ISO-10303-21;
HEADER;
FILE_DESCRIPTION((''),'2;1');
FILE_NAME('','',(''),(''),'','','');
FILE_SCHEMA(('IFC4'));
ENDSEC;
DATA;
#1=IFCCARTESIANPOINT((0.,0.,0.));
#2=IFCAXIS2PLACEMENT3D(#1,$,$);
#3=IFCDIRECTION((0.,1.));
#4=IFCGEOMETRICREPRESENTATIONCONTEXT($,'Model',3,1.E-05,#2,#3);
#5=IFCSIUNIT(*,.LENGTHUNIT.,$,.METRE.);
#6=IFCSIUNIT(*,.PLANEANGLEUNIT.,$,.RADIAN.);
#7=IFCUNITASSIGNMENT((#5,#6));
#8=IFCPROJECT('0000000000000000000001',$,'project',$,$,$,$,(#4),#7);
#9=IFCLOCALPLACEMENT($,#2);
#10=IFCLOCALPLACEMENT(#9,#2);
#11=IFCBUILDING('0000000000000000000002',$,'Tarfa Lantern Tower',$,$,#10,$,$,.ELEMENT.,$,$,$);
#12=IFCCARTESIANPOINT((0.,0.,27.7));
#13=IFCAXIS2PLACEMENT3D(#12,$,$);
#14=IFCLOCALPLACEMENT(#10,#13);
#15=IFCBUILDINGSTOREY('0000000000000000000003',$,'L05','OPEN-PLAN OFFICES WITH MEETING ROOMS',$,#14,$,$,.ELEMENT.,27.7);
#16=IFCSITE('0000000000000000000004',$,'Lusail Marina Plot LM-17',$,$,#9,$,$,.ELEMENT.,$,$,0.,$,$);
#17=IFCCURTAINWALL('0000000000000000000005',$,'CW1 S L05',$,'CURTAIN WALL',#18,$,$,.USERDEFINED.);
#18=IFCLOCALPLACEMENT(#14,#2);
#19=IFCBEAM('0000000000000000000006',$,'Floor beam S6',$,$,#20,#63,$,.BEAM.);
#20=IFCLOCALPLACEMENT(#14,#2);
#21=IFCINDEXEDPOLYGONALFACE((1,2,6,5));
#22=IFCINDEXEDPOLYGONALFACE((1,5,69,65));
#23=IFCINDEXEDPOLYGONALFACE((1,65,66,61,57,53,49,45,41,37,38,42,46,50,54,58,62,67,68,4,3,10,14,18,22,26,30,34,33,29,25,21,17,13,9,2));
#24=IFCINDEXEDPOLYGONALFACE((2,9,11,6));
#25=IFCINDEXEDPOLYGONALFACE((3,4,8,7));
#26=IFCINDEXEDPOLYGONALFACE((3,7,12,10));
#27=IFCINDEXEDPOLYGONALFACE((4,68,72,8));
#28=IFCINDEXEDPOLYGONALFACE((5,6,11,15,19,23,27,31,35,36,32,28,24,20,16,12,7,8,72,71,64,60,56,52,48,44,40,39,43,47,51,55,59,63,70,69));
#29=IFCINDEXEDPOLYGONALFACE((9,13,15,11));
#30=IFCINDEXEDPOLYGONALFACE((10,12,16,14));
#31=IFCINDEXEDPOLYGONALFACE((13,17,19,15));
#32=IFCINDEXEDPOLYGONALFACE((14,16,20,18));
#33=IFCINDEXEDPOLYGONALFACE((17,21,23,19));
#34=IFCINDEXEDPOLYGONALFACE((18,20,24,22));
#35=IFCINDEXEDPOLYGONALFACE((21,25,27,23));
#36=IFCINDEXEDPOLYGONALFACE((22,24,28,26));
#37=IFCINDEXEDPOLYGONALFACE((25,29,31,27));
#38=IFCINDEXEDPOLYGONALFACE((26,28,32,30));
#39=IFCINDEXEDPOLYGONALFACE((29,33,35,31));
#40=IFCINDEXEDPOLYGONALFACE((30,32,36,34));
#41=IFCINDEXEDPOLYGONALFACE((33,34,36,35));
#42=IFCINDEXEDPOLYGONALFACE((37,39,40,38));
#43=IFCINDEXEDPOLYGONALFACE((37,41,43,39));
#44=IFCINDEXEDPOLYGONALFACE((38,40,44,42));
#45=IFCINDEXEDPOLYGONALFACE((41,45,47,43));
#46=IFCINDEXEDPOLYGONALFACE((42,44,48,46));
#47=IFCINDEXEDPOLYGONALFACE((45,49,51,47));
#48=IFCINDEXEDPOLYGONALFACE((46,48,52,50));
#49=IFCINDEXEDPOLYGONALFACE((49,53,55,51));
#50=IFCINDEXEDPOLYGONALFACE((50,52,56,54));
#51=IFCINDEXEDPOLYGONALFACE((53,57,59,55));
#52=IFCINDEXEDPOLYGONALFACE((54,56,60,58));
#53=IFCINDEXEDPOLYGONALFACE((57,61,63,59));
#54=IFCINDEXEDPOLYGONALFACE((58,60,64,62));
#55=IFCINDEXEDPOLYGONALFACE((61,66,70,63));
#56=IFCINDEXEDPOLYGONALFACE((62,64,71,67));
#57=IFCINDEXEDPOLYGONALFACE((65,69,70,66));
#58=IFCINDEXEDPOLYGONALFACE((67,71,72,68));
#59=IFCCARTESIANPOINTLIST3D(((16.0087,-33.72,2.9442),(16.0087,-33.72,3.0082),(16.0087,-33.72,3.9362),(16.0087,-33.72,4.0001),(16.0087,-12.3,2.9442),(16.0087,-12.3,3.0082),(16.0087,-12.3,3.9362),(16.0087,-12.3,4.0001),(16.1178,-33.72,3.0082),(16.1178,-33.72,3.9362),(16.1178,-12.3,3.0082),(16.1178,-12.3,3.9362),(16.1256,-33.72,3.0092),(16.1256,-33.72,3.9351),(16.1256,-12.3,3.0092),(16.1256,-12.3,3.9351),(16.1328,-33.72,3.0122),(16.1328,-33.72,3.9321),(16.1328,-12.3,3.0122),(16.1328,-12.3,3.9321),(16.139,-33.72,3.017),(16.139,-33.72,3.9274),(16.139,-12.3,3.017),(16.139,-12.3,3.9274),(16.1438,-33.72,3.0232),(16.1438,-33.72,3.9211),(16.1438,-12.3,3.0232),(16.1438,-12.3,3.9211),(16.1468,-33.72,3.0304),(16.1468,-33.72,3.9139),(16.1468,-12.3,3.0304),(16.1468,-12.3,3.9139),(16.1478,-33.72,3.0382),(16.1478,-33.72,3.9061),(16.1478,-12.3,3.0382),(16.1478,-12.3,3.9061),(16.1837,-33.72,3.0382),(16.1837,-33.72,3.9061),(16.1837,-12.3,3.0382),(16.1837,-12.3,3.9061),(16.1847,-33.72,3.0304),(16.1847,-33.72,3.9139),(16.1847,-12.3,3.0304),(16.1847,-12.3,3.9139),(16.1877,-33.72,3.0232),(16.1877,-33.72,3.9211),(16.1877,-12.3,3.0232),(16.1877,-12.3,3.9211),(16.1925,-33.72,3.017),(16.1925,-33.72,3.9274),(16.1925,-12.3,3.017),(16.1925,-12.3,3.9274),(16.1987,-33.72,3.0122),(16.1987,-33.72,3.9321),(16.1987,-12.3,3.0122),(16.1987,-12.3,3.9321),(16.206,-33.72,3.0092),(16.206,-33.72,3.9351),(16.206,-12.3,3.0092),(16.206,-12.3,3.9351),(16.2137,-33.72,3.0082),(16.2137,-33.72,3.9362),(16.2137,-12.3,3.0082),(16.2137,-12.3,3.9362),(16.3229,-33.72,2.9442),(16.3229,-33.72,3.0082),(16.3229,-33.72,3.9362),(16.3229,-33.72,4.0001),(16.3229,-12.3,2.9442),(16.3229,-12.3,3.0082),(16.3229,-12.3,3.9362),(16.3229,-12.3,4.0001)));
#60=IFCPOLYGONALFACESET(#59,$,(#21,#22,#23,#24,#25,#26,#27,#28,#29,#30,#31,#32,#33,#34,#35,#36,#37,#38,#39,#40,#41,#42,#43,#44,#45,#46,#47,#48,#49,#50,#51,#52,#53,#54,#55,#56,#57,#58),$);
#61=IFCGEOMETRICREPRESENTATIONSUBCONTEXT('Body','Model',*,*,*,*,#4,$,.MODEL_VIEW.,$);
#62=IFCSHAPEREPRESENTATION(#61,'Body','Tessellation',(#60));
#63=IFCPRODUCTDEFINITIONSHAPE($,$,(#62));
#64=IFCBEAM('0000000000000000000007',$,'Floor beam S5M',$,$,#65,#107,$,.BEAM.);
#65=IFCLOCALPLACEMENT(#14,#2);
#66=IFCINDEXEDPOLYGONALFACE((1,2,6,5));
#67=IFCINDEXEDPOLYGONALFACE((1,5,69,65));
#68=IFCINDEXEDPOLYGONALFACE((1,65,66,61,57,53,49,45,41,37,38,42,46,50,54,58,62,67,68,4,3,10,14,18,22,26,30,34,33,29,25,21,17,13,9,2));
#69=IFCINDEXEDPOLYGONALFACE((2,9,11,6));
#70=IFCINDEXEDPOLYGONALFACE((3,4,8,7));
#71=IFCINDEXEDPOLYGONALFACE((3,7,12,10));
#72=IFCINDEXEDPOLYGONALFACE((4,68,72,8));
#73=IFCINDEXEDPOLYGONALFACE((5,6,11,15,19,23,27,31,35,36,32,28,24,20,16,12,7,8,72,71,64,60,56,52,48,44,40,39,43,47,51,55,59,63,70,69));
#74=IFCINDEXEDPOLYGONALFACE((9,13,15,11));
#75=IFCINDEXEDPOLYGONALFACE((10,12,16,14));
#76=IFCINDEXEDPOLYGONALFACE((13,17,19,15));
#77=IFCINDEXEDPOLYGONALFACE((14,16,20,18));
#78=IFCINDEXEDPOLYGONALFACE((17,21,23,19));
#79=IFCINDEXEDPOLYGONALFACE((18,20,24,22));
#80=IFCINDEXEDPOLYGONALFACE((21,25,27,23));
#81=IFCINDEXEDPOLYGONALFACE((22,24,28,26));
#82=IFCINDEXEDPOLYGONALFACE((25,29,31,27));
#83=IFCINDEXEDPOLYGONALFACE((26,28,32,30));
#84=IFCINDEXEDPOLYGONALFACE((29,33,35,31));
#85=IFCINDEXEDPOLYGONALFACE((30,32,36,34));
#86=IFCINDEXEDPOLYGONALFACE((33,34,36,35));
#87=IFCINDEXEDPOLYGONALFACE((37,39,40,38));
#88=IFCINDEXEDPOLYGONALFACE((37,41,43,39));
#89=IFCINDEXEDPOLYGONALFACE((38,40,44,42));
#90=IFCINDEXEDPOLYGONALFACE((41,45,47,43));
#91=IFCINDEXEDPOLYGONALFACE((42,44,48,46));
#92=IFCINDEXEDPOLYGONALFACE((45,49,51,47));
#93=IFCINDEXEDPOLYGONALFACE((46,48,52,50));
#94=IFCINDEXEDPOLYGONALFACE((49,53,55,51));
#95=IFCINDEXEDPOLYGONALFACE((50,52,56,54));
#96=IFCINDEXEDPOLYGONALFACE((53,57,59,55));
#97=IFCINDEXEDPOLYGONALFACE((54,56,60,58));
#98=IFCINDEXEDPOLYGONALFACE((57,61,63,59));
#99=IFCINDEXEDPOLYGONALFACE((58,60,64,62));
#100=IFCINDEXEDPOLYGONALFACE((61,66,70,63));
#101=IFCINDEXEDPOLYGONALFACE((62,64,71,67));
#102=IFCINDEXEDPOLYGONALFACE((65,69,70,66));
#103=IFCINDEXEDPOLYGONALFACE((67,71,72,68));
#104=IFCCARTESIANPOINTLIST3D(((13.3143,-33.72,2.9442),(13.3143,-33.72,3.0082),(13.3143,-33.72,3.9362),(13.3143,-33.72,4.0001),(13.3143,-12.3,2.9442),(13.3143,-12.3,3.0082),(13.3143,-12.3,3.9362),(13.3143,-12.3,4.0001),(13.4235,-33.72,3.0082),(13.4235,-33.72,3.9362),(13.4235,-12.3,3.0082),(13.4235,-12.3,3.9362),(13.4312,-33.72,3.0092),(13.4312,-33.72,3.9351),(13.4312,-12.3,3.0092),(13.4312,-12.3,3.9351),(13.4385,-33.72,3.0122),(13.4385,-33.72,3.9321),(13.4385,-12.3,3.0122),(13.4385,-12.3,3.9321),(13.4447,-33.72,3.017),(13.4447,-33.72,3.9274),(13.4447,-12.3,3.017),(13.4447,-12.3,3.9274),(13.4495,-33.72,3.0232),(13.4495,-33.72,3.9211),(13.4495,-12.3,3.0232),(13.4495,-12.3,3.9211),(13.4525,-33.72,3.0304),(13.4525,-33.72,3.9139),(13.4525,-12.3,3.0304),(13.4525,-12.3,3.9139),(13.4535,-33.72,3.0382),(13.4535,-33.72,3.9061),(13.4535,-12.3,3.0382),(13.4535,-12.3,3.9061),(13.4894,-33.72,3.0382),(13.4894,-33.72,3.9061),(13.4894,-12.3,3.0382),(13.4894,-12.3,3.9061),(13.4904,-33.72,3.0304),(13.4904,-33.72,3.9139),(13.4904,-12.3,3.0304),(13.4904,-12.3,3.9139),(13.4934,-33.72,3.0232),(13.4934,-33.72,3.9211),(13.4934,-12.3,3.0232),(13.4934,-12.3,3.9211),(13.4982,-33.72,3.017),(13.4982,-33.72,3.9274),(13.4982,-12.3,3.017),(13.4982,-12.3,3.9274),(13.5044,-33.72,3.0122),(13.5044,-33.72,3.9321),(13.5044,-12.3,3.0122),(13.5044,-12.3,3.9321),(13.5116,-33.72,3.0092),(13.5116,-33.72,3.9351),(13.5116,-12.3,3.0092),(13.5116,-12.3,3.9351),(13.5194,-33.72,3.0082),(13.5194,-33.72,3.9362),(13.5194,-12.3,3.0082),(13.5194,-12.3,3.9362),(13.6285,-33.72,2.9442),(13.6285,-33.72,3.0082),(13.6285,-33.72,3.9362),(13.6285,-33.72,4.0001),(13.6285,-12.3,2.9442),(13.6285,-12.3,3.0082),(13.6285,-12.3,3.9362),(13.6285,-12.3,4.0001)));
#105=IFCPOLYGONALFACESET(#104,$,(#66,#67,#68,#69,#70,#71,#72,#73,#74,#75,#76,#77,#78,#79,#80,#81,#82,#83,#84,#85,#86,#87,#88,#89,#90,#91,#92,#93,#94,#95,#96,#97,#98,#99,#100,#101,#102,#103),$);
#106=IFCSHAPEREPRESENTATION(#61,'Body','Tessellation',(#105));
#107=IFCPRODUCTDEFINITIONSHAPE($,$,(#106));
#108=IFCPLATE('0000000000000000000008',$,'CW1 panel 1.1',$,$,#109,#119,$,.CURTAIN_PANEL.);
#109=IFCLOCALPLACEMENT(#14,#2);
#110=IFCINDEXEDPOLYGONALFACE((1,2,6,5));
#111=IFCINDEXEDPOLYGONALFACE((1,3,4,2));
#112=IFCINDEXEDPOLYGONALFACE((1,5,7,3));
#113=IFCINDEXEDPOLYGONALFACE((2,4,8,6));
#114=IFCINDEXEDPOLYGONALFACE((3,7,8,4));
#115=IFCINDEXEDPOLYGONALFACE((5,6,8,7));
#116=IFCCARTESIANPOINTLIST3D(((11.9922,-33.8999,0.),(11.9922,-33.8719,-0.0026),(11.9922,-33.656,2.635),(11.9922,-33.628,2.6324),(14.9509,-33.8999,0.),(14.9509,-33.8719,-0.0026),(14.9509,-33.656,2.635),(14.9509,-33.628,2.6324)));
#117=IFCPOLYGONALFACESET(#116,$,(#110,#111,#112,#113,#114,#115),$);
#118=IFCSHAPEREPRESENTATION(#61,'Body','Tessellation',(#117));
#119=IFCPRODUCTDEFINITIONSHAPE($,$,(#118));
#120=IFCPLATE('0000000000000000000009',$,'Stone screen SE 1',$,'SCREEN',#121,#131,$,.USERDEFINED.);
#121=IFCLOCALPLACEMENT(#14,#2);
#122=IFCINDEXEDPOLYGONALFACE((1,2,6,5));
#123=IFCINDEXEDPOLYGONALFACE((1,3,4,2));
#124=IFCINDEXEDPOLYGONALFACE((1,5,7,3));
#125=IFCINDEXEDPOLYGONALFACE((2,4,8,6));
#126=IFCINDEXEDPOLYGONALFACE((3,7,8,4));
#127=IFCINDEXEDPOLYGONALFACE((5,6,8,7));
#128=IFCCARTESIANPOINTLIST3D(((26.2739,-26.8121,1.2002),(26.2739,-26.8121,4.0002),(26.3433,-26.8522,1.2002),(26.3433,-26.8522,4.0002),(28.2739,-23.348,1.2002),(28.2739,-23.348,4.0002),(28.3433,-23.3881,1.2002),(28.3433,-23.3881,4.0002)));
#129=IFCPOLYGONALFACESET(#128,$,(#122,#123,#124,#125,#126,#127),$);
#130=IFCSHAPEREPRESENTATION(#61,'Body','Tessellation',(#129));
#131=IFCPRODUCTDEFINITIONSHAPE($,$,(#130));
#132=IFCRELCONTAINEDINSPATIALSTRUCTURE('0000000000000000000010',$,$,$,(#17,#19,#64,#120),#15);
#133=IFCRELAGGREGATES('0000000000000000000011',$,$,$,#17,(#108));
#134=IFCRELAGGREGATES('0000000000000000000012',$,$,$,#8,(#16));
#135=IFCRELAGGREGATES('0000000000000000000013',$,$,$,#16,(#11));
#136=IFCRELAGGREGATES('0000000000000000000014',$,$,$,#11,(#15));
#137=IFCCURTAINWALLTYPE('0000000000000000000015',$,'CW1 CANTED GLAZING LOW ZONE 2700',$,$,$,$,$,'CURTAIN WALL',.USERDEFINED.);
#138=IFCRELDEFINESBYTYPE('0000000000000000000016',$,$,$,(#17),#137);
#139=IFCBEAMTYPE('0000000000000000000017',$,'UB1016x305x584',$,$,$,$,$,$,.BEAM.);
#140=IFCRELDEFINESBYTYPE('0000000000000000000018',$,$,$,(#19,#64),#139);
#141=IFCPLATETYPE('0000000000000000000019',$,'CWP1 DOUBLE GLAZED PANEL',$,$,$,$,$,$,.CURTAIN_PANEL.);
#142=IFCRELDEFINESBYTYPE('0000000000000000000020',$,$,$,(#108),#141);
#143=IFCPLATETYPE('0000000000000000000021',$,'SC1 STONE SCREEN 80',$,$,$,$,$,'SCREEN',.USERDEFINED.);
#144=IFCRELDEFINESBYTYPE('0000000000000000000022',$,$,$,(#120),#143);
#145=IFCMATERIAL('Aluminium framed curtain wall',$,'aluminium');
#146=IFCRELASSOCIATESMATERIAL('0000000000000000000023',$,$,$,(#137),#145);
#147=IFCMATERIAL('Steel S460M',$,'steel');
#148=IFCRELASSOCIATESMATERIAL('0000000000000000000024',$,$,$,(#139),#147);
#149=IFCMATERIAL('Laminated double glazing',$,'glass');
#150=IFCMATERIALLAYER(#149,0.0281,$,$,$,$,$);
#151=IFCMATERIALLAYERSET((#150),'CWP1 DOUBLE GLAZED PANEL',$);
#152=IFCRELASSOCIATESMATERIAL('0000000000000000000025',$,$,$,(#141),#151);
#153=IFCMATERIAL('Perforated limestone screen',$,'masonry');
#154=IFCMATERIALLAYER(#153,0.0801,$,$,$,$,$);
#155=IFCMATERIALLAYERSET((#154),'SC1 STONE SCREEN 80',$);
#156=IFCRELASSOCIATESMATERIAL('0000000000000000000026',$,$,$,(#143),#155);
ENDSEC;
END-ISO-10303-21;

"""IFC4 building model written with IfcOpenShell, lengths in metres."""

from ifc_helpers import new_model, si_unit, direction, frame, origin, origin_2d, place, context, subcontext, project, spatial, polyline, rectangle, i_section, outline, extrude, material, layer, layer_set, material_profile, profile_set, type_object, element, aggregate, save


model = new_model("IFC4")

# Units and contexts
model_context = context("Model", 3, precision=1e-05, world=origin(), true_north=direction((0.0, 1.0)))
body_context = subcontext(model_context, "Body", "Model", "MODEL_VIEW")
ifc_project = project(units=[si_unit("LENGTHUNIT", "METRE"), si_unit("PLANEANGLEUNIT", "RADIAN")], contexts=[model_context])

# Site, building, storey
site_placement = place(None, origin())
site = spatial("IfcSite", under=ifc_project, at=site_placement, Name="Lusail Marina Plot LM-17", CompositionType="ELEMENT", RefElevation=0.0)
building_placement = place(site_placement, origin())
building = spatial("IfcBuilding", under=site, at=building_placement, Name="Tarfa Lantern Tower", CompositionType="ELEMENT")
storey_placement = place(building_placement, frame((0.0, 0.0, 27.7)))
storey = spatial("IfcBuildingStorey", under=building, at=storey_placement, Name="L05", Description="OPEN-PLAN OFFICES WITH MEETING ROOMS", CompositionType="ELEMENT", Elevation=27.7)

# Curtain wall
ifc_material_1 = material(Name="Aluminium framed curtain wall", Category="aluminium")
curtain_wall_type = type_object("IfcCurtainWallType", Name="CW1 CANTED GLAZING LOW ZONE 2700", ElementType="CURTAIN WALL", PredefinedType="USERDEFINED", material=ifc_material_1)
curtain_wall_placement = place(storey_placement, origin())
curtain_wall = element("IfcCurtainWall", 1, at=curtain_wall_placement, inside=storey, type_object=curtain_wall_type, Name="CW1 S L05", ObjectType="CURTAIN WALL", PredefinedType="USERDEFINED")

# Beams
ifc_material_2 = material(Name="Steel S460M", Category="steel")
ifc_material_profile_1 = material_profile(ifc_material_2, i_section(OverallWidth=0.3142, OverallDepth=1.0559, WebThickness=0.0359, FlangeThickness=0.064, FilletRadius=0.03, at=origin_2d()), Name="UB1016x305x584")
ifc_profile_set_1 = profile_set([ifc_material_profile_1], Name="Steel S460M")
beam_type_1 = type_object("IfcBeamType", Name="UB1016x305x584", PredefinedType="BEAM", material=ifc_profile_set_1)
for number, where, z_axis, x_axis, name in (
    (2, (16.1658, -33.72, 3.4722), (0.0, 1.0, 0.0), (-1.0, 0.0, 0.0), "Floor beam S6"),
    (3, (13.4714, -33.72, 3.4722), (0.0, 1.0, 0.0), (-1.0, 0.0, 0.0), "Floor beam S5M"),
):
    element("IfcBeam", number, at=place(storey_placement, frame(where, z_axis=z_axis, x_axis=x_axis)), inside=storey, type_object=beam_type_1, Name=name, PredefinedType="BEAM", context=body_context, shape_type="SweptSolid", body=[
        extrude(i_section(OverallWidth=0.3142, OverallDepth=1.0559, WebThickness=0.0359, FlangeThickness=0.064, FilletRadius=0.03, at=origin_2d()), origin(), (0.0, 0.0, 1.0), 21.4199),
    ])

# Plates
ifc_material_3 = material(Name="Laminated double glazing", Category="glass")
ifc_layer_1 = layer(ifc_material_3, 0.0281)
ifc_layer_set_1 = layer_set([ifc_layer_1], Name="CWP1 DOUBLE GLAZED PANEL")
plate_type_1 = type_object("IfcPlateType", Name="CWP1 DOUBLE GLAZED PANEL", PredefinedType="CURTAIN_PANEL", material=ifc_layer_set_1)
plate_1_placement = place(storey_placement, frame((11.9922, -33.8999, 0.0), z_axis=(0.0, -0.995744, 0.092166), x_axis=(1.0, 0.0, 0.0)))
plate_1 = element("IfcPlate", 4, at=plate_1_placement, type_object=plate_type_1, Name="CW1 panel 1.1", PredefinedType="CURTAIN_PANEL", context=body_context, shape_type="SweptSolid", body=[
    extrude(outline(polyline([(0.0, 0.0), (2.9587, 0.0), (2.9587, 2.6463), (0.0, 2.6463), (0.0, 0.0)])), origin(), (0.0, 0.0, -1.0), 0.0281),
])
aggregate(curtain_wall, [plate_1])
ifc_material_4 = material(Name="Perforated limestone screen", Category="masonry")
ifc_layer_2 = layer(ifc_material_4, 0.0801)
ifc_layer_set_2 = layer_set([ifc_layer_2], Name="SC1 STONE SCREEN 80")
plate_type_2 = type_object("IfcPlateType", Name="SC1 STONE SCREEN 80", ElementType="SCREEN", PredefinedType="USERDEFINED", material=ifc_layer_set_2)
plate_2_placement = place(storey_placement, frame((27.3086, -25.1001, 1.2002), z_axis=(0.0, 0.0, 1.0), x_axis=(0.5, 0.866025, 0.0)))
element("IfcPlate", 5, at=plate_2_placement, inside=storey, type_object=plate_type_2, Name="Stone screen SE 1", ObjectType="SCREEN", PredefinedType="USERDEFINED", context=body_context, shape_type="SweptSolid", body=[
    extrude(rectangle(XDim=4.0, YDim=0.0801, at=origin_2d()), origin(), (0.0, 0.0, 1.0), 2.8),
])

save(model, "model.ifc")
